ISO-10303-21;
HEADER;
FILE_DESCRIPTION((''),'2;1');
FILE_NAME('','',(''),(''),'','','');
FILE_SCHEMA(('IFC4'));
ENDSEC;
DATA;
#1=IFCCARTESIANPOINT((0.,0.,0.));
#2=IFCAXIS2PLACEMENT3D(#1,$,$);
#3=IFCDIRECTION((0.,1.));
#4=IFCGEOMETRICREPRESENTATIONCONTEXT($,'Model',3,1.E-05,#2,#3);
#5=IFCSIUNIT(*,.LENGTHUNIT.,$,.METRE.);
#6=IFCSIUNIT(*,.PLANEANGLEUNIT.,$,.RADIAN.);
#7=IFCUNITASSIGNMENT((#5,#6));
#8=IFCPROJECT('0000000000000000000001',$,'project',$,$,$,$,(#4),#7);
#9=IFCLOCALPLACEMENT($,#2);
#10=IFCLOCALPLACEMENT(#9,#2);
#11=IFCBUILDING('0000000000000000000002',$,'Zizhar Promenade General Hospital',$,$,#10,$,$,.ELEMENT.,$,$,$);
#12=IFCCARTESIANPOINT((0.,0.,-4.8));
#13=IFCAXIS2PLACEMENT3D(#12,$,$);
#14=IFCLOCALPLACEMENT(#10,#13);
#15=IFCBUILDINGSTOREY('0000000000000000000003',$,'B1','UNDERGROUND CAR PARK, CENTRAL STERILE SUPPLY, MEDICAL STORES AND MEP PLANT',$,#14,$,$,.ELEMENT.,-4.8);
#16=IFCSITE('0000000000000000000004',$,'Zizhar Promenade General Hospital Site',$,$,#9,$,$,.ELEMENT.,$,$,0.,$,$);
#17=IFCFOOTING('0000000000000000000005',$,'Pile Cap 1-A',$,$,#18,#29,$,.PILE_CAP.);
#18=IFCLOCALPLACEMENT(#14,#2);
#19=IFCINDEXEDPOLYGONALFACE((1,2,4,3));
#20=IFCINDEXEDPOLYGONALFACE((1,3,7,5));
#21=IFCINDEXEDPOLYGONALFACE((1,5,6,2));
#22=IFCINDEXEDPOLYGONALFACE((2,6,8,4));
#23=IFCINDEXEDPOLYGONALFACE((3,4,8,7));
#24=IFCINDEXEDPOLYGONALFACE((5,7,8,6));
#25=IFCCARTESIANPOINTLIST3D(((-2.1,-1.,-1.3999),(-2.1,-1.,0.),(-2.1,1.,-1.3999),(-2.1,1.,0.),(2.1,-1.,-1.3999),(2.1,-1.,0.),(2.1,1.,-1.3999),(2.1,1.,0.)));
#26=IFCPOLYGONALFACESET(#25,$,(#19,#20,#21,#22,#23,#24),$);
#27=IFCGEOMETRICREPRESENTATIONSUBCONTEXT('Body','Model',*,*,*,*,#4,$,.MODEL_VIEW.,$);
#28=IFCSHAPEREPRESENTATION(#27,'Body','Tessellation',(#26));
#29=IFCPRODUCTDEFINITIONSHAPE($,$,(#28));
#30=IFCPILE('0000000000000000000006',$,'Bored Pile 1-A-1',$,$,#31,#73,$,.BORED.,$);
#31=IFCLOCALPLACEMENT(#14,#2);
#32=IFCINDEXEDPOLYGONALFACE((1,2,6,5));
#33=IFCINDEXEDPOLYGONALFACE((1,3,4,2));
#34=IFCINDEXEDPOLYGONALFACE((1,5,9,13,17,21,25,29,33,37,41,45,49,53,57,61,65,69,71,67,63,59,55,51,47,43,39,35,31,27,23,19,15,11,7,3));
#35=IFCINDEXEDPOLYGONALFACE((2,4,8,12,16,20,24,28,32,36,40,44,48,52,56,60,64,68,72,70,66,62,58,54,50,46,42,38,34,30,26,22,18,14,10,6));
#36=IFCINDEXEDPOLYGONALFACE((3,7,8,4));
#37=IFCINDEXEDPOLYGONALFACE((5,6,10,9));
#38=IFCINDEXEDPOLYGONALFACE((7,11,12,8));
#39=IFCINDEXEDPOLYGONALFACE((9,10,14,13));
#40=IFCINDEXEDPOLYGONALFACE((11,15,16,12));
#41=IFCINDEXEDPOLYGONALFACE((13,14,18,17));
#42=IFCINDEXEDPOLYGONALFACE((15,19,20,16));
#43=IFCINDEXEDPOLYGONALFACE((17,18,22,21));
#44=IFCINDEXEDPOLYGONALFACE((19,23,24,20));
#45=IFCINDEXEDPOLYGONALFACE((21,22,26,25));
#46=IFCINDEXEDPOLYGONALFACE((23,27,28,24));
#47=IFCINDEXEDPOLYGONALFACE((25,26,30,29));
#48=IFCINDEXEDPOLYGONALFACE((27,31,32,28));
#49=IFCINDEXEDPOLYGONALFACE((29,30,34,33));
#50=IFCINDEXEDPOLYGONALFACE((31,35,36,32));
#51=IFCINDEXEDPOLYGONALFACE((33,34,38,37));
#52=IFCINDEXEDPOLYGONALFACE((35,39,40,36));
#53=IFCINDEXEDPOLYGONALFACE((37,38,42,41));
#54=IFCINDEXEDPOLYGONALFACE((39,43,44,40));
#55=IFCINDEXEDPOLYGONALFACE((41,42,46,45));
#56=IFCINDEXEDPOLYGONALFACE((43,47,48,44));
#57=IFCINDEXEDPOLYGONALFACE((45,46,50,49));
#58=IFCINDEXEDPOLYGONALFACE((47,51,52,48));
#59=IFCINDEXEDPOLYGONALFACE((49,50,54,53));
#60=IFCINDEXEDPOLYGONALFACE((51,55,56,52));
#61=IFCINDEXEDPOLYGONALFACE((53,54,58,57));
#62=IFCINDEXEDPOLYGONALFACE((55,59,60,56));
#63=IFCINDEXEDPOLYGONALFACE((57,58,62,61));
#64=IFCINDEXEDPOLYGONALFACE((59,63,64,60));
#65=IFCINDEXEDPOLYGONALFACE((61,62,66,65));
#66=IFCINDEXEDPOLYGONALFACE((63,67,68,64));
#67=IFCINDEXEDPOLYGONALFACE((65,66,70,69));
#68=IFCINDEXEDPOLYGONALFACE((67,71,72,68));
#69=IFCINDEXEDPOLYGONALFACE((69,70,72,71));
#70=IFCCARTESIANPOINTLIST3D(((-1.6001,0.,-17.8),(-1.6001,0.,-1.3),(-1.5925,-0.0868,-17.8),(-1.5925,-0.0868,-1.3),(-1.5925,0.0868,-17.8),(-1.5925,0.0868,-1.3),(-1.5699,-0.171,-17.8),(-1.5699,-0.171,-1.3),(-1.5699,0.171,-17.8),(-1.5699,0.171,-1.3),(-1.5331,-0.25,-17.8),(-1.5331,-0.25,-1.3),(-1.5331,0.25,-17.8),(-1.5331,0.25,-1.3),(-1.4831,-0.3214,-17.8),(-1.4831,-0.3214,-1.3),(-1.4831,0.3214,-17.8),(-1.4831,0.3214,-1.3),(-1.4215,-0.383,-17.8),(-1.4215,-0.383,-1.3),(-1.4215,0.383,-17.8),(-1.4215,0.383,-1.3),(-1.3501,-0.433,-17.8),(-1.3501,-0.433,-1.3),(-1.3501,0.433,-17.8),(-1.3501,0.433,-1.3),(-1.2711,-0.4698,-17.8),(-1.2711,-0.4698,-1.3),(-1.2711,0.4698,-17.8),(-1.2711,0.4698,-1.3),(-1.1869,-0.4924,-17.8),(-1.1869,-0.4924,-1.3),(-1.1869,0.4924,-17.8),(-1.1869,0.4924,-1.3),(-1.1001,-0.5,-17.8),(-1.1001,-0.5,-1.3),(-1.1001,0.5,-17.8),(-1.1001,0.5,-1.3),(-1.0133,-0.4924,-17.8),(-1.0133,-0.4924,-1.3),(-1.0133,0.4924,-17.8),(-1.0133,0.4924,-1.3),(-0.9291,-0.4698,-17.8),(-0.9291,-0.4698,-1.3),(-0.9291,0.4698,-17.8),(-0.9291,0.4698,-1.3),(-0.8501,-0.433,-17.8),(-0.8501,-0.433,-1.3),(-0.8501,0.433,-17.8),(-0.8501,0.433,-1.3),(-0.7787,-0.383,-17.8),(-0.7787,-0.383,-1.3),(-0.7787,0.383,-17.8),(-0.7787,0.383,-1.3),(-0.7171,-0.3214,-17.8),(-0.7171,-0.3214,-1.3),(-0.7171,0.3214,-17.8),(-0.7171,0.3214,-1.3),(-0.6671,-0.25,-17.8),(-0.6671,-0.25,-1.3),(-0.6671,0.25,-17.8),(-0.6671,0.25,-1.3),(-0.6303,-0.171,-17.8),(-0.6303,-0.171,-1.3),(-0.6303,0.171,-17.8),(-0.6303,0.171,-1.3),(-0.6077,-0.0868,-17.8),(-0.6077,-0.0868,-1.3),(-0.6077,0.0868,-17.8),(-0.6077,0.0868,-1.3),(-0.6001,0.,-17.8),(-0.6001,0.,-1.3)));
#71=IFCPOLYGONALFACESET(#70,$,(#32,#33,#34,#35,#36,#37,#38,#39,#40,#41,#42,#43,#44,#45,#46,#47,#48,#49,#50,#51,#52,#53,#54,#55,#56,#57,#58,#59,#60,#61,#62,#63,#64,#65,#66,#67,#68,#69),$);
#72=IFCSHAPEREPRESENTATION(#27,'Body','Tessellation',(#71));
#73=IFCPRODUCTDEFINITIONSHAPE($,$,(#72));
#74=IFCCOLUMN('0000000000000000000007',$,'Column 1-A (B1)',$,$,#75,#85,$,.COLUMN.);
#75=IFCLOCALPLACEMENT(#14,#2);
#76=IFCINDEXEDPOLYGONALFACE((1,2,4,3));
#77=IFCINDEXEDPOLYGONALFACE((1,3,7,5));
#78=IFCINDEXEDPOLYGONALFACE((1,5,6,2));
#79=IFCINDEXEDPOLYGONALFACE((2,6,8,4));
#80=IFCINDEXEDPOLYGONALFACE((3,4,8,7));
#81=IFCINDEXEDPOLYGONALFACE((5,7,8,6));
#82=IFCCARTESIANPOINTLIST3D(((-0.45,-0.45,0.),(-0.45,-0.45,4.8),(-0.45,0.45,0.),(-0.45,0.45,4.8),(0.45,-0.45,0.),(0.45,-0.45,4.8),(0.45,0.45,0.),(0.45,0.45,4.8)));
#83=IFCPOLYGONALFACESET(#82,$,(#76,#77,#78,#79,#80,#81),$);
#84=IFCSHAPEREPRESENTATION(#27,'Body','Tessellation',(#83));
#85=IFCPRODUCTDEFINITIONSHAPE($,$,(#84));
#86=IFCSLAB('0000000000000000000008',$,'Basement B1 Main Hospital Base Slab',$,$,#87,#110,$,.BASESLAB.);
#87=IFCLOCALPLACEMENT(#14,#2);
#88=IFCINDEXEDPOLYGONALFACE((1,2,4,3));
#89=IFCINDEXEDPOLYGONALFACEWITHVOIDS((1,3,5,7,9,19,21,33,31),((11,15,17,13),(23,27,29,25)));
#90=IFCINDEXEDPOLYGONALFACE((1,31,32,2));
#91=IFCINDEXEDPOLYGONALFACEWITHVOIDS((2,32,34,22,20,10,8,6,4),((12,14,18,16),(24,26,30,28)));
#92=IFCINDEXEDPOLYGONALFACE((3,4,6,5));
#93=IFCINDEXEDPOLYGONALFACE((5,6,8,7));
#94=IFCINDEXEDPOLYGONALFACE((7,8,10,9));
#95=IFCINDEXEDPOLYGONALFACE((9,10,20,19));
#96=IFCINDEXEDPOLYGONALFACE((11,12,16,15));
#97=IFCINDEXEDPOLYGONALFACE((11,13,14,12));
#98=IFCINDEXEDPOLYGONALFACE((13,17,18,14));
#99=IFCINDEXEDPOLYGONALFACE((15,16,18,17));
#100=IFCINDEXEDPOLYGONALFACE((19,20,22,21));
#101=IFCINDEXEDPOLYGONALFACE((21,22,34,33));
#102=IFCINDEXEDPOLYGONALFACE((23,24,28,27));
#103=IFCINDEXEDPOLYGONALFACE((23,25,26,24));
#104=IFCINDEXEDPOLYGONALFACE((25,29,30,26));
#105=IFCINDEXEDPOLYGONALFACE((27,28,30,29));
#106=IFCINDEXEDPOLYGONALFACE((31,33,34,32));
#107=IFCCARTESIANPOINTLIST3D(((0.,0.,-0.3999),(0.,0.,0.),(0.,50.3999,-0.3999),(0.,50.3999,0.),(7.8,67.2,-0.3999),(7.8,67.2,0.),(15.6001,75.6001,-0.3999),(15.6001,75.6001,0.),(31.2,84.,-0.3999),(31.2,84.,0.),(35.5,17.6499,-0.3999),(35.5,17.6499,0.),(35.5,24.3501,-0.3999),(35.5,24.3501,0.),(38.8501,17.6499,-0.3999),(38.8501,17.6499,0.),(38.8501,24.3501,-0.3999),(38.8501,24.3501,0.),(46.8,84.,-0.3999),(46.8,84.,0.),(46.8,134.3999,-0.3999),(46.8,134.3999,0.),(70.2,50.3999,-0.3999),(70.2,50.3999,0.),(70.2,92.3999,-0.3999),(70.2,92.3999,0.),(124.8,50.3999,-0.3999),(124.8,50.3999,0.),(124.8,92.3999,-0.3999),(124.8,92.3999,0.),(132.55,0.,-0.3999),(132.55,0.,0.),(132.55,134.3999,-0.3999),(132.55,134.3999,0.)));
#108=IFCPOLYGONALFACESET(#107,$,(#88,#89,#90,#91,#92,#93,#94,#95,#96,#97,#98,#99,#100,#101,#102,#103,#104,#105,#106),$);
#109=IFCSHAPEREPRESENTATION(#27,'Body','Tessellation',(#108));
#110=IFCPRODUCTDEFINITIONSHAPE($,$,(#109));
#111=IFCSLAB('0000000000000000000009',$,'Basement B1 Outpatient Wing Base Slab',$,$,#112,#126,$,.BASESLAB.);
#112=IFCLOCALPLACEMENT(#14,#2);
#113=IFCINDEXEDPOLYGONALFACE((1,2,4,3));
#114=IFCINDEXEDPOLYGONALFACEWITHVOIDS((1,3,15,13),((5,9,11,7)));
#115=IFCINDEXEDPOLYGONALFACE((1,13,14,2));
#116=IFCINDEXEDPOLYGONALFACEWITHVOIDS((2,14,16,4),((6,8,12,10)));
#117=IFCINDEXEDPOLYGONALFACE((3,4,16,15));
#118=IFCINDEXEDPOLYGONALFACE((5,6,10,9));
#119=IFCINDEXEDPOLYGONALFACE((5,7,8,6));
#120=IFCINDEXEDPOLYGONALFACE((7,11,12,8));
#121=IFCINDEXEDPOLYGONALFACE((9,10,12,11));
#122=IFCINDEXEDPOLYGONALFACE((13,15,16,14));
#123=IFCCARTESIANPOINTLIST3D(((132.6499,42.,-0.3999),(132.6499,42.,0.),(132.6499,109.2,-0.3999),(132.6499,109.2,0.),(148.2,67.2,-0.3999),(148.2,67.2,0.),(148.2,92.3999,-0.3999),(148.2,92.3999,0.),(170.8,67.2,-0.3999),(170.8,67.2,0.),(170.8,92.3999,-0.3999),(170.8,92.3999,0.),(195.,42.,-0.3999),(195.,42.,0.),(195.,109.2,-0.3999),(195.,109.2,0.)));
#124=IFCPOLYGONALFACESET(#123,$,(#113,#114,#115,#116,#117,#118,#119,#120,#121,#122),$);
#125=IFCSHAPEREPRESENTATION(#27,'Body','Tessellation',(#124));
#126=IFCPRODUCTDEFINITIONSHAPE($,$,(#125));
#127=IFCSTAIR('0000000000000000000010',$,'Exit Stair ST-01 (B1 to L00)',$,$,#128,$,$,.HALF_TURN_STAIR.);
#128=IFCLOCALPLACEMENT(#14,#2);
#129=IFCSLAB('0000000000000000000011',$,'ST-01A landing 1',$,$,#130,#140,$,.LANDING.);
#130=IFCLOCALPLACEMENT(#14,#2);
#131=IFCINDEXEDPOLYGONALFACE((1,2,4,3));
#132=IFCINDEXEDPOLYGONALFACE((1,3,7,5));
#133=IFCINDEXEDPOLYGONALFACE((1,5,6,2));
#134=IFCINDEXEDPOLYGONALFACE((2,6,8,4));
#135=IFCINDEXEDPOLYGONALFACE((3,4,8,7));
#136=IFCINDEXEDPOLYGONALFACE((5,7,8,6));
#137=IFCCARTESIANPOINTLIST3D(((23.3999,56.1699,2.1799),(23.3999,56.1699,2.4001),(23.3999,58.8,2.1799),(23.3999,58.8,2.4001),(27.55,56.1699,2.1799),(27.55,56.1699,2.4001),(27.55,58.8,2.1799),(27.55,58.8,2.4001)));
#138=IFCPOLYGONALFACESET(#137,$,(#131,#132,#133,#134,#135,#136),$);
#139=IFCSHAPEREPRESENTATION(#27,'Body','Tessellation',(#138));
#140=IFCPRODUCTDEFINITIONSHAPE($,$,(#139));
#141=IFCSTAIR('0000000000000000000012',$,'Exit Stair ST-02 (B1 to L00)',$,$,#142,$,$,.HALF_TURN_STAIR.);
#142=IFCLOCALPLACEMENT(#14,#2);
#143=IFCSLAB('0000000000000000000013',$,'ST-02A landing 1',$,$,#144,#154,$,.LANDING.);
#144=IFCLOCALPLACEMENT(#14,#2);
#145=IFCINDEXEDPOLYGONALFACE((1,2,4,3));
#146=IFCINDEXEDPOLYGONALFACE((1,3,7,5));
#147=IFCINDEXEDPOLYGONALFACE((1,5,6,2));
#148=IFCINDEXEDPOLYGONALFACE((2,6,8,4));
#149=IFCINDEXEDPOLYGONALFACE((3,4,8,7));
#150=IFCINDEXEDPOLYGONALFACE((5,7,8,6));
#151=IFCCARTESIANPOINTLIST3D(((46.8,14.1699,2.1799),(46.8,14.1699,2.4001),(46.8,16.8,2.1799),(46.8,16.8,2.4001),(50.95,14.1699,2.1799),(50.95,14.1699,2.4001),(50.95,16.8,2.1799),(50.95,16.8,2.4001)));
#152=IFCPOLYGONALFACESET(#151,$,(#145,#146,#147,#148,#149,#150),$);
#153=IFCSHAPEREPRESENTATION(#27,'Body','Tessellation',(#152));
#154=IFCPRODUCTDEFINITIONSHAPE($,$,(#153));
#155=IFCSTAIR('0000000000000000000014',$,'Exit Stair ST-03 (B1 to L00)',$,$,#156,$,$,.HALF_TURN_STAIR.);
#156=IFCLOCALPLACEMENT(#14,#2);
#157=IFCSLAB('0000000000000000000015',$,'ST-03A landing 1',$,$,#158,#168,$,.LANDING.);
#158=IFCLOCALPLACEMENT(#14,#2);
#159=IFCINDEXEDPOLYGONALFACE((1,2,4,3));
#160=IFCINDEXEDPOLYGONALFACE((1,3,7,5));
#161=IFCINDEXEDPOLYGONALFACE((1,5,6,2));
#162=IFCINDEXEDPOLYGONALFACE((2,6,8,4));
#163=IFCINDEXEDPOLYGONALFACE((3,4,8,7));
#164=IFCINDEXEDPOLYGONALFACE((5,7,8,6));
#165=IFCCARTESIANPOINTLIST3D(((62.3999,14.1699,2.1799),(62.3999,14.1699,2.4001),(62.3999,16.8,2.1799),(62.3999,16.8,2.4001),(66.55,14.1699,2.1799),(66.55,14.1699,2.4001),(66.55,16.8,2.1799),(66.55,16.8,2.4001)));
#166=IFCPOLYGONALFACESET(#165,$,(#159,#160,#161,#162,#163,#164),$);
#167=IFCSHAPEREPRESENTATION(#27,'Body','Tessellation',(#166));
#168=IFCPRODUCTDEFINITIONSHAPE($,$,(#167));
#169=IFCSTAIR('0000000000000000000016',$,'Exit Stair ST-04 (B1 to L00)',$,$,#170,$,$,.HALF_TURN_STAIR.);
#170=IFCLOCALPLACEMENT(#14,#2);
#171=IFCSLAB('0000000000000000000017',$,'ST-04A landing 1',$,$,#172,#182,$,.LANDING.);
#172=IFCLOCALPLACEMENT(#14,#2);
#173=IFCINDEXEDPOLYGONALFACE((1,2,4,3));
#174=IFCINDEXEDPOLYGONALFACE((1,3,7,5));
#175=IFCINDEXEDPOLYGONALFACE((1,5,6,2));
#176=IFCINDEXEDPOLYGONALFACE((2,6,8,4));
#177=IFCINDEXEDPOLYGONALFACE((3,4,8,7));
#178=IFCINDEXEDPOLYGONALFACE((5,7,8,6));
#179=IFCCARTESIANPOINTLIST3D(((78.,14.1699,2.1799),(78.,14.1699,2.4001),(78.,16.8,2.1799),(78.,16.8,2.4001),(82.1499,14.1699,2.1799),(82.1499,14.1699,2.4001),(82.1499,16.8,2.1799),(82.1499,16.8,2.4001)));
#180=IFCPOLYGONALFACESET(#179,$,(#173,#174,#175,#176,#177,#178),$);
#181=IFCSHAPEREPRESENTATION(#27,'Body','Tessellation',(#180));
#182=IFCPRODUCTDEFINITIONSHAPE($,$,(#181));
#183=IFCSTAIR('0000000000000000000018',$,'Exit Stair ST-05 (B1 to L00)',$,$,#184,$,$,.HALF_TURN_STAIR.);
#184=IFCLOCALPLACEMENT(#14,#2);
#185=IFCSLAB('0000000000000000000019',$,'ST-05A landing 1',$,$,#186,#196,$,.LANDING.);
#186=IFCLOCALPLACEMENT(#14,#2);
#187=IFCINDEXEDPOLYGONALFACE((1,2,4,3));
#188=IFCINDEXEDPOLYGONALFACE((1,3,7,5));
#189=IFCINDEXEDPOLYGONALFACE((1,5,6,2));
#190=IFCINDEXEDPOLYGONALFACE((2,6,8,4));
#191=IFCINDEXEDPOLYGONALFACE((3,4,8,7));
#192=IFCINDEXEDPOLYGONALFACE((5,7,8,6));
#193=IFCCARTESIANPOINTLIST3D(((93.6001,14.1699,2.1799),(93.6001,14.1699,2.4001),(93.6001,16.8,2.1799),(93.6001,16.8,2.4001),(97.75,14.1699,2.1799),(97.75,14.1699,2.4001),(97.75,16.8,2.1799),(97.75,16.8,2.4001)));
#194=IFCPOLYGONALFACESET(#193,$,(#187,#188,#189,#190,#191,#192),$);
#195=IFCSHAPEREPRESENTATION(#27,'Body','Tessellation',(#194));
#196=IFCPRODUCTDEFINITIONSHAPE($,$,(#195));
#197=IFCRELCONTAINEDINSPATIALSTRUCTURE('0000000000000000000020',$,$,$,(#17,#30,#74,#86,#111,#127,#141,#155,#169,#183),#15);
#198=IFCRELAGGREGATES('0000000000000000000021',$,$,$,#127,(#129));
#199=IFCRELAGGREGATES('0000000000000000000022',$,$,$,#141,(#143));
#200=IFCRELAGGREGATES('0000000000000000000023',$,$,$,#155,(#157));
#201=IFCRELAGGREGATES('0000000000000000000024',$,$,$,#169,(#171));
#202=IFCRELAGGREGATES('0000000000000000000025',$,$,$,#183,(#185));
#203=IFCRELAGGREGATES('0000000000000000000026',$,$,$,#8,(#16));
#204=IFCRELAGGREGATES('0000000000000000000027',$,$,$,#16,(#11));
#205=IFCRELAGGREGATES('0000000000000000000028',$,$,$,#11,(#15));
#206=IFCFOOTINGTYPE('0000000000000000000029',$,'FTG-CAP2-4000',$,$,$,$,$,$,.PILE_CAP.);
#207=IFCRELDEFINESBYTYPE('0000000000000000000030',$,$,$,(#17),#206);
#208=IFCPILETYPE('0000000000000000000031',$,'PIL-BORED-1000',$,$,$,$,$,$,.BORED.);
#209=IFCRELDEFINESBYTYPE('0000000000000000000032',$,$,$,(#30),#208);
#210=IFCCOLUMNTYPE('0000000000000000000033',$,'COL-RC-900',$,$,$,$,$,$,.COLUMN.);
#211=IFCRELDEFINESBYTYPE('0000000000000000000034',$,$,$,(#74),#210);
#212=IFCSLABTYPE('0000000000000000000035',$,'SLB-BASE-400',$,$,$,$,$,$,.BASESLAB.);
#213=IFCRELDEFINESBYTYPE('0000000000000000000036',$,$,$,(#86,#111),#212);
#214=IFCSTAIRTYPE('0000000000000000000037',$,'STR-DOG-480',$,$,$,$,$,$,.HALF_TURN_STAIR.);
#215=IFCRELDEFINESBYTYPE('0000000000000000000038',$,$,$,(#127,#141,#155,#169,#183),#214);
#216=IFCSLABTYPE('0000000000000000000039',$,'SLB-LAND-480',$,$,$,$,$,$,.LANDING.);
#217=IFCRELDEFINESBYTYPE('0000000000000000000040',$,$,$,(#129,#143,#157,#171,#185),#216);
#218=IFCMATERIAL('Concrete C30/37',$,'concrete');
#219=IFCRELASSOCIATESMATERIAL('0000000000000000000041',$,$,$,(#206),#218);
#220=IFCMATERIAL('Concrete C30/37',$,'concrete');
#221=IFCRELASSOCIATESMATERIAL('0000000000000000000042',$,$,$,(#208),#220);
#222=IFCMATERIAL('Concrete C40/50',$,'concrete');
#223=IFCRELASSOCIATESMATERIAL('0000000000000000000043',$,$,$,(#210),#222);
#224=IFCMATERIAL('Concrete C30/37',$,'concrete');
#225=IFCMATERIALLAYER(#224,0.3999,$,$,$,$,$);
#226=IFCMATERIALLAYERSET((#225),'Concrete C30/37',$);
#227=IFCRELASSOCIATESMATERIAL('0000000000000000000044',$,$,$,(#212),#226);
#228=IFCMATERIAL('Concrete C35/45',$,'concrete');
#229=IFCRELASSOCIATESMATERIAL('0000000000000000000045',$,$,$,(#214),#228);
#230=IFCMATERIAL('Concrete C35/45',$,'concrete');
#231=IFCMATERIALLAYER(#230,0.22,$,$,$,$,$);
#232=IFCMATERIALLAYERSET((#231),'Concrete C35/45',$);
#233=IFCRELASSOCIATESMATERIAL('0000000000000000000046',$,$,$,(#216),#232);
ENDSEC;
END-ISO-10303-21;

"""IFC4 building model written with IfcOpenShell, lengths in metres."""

from ifc_helpers import new_model, si_unit, direction, frame, origin, origin_with_axes, origin_2d, place, context, subcontext, project, spatial, polyline, rectangle, circle, outline, extrude, material, layer, layer_set, material_profile, profile_set, type_object, element, aggregate, save


model = new_model("IFC4")

# Units and contexts
model_context = context("Model", 3, precision=1e-05, world=origin(), true_north=direction((0.0, 1.0)))
body_context = subcontext(model_context, "Body", "Model", "MODEL_VIEW")
ifc_project = project(units=[si_unit("LENGTHUNIT", "METRE"), si_unit("PLANEANGLEUNIT", "RADIAN")], contexts=[model_context])

# Site, building, storey
site_placement = place(None, origin())
site = spatial("IfcSite", under=ifc_project, at=site_placement, Name="Zizhar Promenade General Hospital Site", CompositionType="ELEMENT", RefElevation=0.0)
building_placement = place(site_placement, origin())
building = spatial("IfcBuilding", under=site, at=building_placement, Name="Zizhar Promenade General Hospital", CompositionType="ELEMENT")
storey_placement = place(building_placement, frame((0.0, 0.0, -4.8)))
storey = spatial("IfcBuildingStorey", under=building, at=storey_placement, Name="B1", Description="UNDERGROUND CAR PARK, CENTRAL STERILE SUPPLY, MEDICAL STORES AND MEP PLANT", CompositionType="ELEMENT", Elevation=-4.8)

# Footing
ifc_material_1 = material(Name="Concrete C30/37", Category="concrete")
footing_type = type_object("IfcFootingType", Name="FTG-CAP2-4000", PredefinedType="PILE_CAP", material=ifc_material_1)
footing_placement = place(storey_placement, frame((0.0, 0.0, -1.3999), z_axis=(0.0, 0.0, 1.0), x_axis=(1.0, 0.0, 0.0)))
element("IfcFooting", 1, at=footing_placement, inside=storey, type_object=footing_type, Name="Pile Cap 1-A", PredefinedType="PILE_CAP", context=body_context, shape_type="SweptSolid", body=[
    extrude(rectangle(XDim=4.2, YDim=2.0, at=origin_2d()), origin(), (0.0, 0.0, 1.0), 1.3999),
])

# Pile
ifc_material_2 = material(Name="Concrete C30/37", Category="concrete")
ifc_material_profile_1 = material_profile(ifc_material_2, circle(Radius=0.5, at=origin_2d()))
ifc_profile_set_1 = profile_set([ifc_material_profile_1], Name="Concrete C30/37")
pile_type = type_object("IfcPileType", Name="PIL-BORED-1000", PredefinedType="BORED", material=ifc_profile_set_1)
pile_placement = place(storey_placement, frame((-1.1001, 0.0, -1.3), z_axis=(0.0, 0.0, -1.0), x_axis=(1.0, 0.0, 0.0)))
element("IfcPile", 2, at=pile_placement, inside=storey, type_object=pile_type, Name="Bored Pile 1-A-1", PredefinedType="BORED", context=body_context, shape_type="SweptSolid", body=[
    extrude(circle(Radius=0.5, at=origin_2d()), origin(), (0.0, 0.0, 1.0), 16.5),
])

# Column
ifc_material_3 = material(Name="Concrete C40/50", Category="concrete")
ifc_material_profile_2 = material_profile(ifc_material_3, rectangle(XDim=0.8999, YDim=0.8999, at=origin_2d()))
ifc_profile_set_2 = profile_set([ifc_material_profile_2], Name="Concrete C40/50")
column_type = type_object("IfcColumnType", Name="COL-RC-900", PredefinedType="COLUMN", material=ifc_profile_set_2)
column_placement = place(storey_placement, origin_with_axes())
element("IfcColumn", 3, at=column_placement, inside=storey, type_object=column_type, Name="Column 1-A (B1)", PredefinedType="COLUMN", context=body_context, shape_type="SweptSolid", body=[
    extrude(rectangle(XDim=0.8999, YDim=0.8999, at=origin_2d()), origin(), (0.0, 0.0, 1.0), 4.8),
])

# Slabs
ifc_material_4 = material(Name="Concrete C30/37", Category="concrete")
ifc_layer_1 = layer(ifc_material_4, 0.3999)
ifc_layer_set_1 = layer_set([ifc_layer_1], Name="Concrete C30/37")
slab_type_1 = type_object("IfcSlabType", Name="SLB-BASE-400", PredefinedType="BASESLAB", material=ifc_layer_set_1)
slab_1_placement = place(storey_placement, frame((0.0, 0.0, -0.3999)))
element("IfcSlab", 4, at=slab_1_placement, inside=storey, type_object=slab_type_1, Name="Basement B1 Main Hospital Base Slab", PredefinedType="BASESLAB", context=body_context, shape_type="SweptSolid", body=[
    extrude(outline(polyline([(0.0, 0.0), (132.55, 0.0), (132.55, 134.3999), (46.8, 134.3999), (46.8, 84.0), (31.2, 84.0), (15.6001, 75.6001), (7.8, 67.2), (0.0, 50.3999), (0.0, 0.0)]), holes=[polyline([(70.2, 50.3999), (70.2, 92.3999), (124.8, 92.3999), (124.8, 50.3999), (70.2, 50.3999)]), polyline([(35.5, 17.6499), (35.5, 24.3501), (38.8501, 24.3501), (38.8501, 17.6499), (35.5, 17.6499)])]), origin(), (0.0, 0.0, 1.0), 0.3999),
])
slab_2_placement = place(storey_placement, frame((0.0, 0.0, -0.3999)))
element("IfcSlab", 5, at=slab_2_placement, inside=storey, type_object=slab_type_1, Name="Basement B1 Outpatient Wing Base Slab", PredefinedType="BASESLAB", context=body_context, shape_type="SweptSolid", body=[
    extrude(outline(polyline([(132.6499, 42.0), (195.0, 42.0), (195.0, 109.2), (132.6499, 109.2), (132.6499, 42.0)]), holes=[polyline([(148.2, 67.2), (148.2, 92.3999), (170.8, 92.3999), (170.8, 67.2), (148.2, 67.2)])]), origin(), (0.0, 0.0, 1.0), 0.3999),
])

# Stairs, slabs
ifc_material_5 = material(Name="Concrete C35/45", Category="concrete")
stair_type = type_object("IfcStairType", Name="STR-DOG-480", PredefinedType="HALF_TURN_STAIR", material=ifc_material_5)
stair_1_placement = place(storey_placement, origin())
stair_1 = element("IfcStair", 6, at=stair_1_placement, inside=storey, type_object=stair_type, Name="Exit Stair ST-01 (B1 to L00)", PredefinedType="HALF_TURN_STAIR")
ifc_material_6 = material(Name="Concrete C35/45", Category="concrete")
ifc_layer_2 = layer(ifc_material_6, 0.22)
ifc_layer_set_2 = layer_set([ifc_layer_2], Name="Concrete C35/45")
slab_type_2 = type_object("IfcSlabType", Name="SLB-LAND-480", PredefinedType="LANDING", material=ifc_layer_set_2)
slab_3_placement = place(storey_placement, frame((0.0, 0.0, 2.1799)))
slab_3 = element("IfcSlab", 7, at=slab_3_placement, type_object=slab_type_2, Name="ST-01A landing 1", PredefinedType="LANDING", context=body_context, shape_type="SweptSolid", body=[
    extrude(outline(polyline([(23.3999, 56.1699), (27.55, 56.1699), (27.55, 58.8), (23.3999, 58.8), (23.3999, 56.1699)])), origin(), (0.0, 0.0, 1.0), 0.2202),
])
aggregate(stair_1, [slab_3])
stair_2_placement = place(storey_placement, origin())
stair_2 = element("IfcStair", 8, at=stair_2_placement, inside=storey, type_object=stair_type, Name="Exit Stair ST-02 (B1 to L00)", PredefinedType="HALF_TURN_STAIR")
slab_4_placement = place(storey_placement, frame((0.0, 0.0, 2.1799)))
slab_4 = element("IfcSlab", 9, at=slab_4_placement, type_object=slab_type_2, Name="ST-02A landing 1", PredefinedType="LANDING", context=body_context, shape_type="SweptSolid", body=[
    extrude(outline(polyline([(46.8, 14.1699), (50.95, 14.1699), (50.95, 16.8), (46.8, 16.8), (46.8, 14.1699)])), origin(), (0.0, 0.0, 1.0), 0.2202),
])
aggregate(stair_2, [slab_4])
stair_3_placement = place(storey_placement, origin())
stair_3 = element("IfcStair", 10, at=stair_3_placement, inside=storey, type_object=stair_type, Name="Exit Stair ST-03 (B1 to L00)", PredefinedType="HALF_TURN_STAIR")
slab_5_placement = place(storey_placement, frame((0.0, 0.0, 2.1799)))
slab_5 = element("IfcSlab", 11, at=slab_5_placement, type_object=slab_type_2, Name="ST-03A landing 1", PredefinedType="LANDING", context=body_context, shape_type="SweptSolid", body=[
    extrude(outline(polyline([(62.3999, 14.1699), (66.55, 14.1699), (66.55, 16.8), (62.3999, 16.8), (62.3999, 14.1699)])), origin(), (0.0, 0.0, 1.0), 0.2202),
])
aggregate(stair_3, [slab_5])
stair_4_placement = place(storey_placement, origin())
stair_4 = element("IfcStair", 12, at=stair_4_placement, inside=storey, type_object=stair_type, Name="Exit Stair ST-04 (B1 to L00)", PredefinedType="HALF_TURN_STAIR")
slab_6_placement = place(storey_placement, frame((0.0, 0.0, 2.1799)))
slab_6 = element("IfcSlab", 13, at=slab_6_placement, type_object=slab_type_2, Name="ST-04A landing 1", PredefinedType="LANDING", context=body_context, shape_type="SweptSolid", body=[
    extrude(outline(polyline([(78.0, 14.1699), (82.1499, 14.1699), (82.1499, 16.8), (78.0, 16.8), (78.0, 14.1699)])), origin(), (0.0, 0.0, 1.0), 0.2202),
])
aggregate(stair_4, [slab_6])
stair_5_placement = place(storey_placement, origin())
stair_5 = element("IfcStair", 14, at=stair_5_placement, inside=storey, type_object=stair_type, Name="Exit Stair ST-05 (B1 to L00)", PredefinedType="HALF_TURN_STAIR")
slab_7_placement = place(storey_placement, frame((0.0, 0.0, 2.1799)))
slab_7 = element("IfcSlab", 15, at=slab_7_placement, type_object=slab_type_2, Name="ST-05A landing 1", PredefinedType="LANDING", context=body_context, shape_type="SweptSolid", body=[
    extrude(outline(polyline([(93.6001, 14.1699), (97.75, 14.1699), (97.75, 16.8), (93.6001, 16.8), (93.6001, 14.1699)])), origin(), (0.0, 0.0, 1.0), 0.2202),
])
aggregate(stair_5, [slab_7])

save(model, "model.ifc")
